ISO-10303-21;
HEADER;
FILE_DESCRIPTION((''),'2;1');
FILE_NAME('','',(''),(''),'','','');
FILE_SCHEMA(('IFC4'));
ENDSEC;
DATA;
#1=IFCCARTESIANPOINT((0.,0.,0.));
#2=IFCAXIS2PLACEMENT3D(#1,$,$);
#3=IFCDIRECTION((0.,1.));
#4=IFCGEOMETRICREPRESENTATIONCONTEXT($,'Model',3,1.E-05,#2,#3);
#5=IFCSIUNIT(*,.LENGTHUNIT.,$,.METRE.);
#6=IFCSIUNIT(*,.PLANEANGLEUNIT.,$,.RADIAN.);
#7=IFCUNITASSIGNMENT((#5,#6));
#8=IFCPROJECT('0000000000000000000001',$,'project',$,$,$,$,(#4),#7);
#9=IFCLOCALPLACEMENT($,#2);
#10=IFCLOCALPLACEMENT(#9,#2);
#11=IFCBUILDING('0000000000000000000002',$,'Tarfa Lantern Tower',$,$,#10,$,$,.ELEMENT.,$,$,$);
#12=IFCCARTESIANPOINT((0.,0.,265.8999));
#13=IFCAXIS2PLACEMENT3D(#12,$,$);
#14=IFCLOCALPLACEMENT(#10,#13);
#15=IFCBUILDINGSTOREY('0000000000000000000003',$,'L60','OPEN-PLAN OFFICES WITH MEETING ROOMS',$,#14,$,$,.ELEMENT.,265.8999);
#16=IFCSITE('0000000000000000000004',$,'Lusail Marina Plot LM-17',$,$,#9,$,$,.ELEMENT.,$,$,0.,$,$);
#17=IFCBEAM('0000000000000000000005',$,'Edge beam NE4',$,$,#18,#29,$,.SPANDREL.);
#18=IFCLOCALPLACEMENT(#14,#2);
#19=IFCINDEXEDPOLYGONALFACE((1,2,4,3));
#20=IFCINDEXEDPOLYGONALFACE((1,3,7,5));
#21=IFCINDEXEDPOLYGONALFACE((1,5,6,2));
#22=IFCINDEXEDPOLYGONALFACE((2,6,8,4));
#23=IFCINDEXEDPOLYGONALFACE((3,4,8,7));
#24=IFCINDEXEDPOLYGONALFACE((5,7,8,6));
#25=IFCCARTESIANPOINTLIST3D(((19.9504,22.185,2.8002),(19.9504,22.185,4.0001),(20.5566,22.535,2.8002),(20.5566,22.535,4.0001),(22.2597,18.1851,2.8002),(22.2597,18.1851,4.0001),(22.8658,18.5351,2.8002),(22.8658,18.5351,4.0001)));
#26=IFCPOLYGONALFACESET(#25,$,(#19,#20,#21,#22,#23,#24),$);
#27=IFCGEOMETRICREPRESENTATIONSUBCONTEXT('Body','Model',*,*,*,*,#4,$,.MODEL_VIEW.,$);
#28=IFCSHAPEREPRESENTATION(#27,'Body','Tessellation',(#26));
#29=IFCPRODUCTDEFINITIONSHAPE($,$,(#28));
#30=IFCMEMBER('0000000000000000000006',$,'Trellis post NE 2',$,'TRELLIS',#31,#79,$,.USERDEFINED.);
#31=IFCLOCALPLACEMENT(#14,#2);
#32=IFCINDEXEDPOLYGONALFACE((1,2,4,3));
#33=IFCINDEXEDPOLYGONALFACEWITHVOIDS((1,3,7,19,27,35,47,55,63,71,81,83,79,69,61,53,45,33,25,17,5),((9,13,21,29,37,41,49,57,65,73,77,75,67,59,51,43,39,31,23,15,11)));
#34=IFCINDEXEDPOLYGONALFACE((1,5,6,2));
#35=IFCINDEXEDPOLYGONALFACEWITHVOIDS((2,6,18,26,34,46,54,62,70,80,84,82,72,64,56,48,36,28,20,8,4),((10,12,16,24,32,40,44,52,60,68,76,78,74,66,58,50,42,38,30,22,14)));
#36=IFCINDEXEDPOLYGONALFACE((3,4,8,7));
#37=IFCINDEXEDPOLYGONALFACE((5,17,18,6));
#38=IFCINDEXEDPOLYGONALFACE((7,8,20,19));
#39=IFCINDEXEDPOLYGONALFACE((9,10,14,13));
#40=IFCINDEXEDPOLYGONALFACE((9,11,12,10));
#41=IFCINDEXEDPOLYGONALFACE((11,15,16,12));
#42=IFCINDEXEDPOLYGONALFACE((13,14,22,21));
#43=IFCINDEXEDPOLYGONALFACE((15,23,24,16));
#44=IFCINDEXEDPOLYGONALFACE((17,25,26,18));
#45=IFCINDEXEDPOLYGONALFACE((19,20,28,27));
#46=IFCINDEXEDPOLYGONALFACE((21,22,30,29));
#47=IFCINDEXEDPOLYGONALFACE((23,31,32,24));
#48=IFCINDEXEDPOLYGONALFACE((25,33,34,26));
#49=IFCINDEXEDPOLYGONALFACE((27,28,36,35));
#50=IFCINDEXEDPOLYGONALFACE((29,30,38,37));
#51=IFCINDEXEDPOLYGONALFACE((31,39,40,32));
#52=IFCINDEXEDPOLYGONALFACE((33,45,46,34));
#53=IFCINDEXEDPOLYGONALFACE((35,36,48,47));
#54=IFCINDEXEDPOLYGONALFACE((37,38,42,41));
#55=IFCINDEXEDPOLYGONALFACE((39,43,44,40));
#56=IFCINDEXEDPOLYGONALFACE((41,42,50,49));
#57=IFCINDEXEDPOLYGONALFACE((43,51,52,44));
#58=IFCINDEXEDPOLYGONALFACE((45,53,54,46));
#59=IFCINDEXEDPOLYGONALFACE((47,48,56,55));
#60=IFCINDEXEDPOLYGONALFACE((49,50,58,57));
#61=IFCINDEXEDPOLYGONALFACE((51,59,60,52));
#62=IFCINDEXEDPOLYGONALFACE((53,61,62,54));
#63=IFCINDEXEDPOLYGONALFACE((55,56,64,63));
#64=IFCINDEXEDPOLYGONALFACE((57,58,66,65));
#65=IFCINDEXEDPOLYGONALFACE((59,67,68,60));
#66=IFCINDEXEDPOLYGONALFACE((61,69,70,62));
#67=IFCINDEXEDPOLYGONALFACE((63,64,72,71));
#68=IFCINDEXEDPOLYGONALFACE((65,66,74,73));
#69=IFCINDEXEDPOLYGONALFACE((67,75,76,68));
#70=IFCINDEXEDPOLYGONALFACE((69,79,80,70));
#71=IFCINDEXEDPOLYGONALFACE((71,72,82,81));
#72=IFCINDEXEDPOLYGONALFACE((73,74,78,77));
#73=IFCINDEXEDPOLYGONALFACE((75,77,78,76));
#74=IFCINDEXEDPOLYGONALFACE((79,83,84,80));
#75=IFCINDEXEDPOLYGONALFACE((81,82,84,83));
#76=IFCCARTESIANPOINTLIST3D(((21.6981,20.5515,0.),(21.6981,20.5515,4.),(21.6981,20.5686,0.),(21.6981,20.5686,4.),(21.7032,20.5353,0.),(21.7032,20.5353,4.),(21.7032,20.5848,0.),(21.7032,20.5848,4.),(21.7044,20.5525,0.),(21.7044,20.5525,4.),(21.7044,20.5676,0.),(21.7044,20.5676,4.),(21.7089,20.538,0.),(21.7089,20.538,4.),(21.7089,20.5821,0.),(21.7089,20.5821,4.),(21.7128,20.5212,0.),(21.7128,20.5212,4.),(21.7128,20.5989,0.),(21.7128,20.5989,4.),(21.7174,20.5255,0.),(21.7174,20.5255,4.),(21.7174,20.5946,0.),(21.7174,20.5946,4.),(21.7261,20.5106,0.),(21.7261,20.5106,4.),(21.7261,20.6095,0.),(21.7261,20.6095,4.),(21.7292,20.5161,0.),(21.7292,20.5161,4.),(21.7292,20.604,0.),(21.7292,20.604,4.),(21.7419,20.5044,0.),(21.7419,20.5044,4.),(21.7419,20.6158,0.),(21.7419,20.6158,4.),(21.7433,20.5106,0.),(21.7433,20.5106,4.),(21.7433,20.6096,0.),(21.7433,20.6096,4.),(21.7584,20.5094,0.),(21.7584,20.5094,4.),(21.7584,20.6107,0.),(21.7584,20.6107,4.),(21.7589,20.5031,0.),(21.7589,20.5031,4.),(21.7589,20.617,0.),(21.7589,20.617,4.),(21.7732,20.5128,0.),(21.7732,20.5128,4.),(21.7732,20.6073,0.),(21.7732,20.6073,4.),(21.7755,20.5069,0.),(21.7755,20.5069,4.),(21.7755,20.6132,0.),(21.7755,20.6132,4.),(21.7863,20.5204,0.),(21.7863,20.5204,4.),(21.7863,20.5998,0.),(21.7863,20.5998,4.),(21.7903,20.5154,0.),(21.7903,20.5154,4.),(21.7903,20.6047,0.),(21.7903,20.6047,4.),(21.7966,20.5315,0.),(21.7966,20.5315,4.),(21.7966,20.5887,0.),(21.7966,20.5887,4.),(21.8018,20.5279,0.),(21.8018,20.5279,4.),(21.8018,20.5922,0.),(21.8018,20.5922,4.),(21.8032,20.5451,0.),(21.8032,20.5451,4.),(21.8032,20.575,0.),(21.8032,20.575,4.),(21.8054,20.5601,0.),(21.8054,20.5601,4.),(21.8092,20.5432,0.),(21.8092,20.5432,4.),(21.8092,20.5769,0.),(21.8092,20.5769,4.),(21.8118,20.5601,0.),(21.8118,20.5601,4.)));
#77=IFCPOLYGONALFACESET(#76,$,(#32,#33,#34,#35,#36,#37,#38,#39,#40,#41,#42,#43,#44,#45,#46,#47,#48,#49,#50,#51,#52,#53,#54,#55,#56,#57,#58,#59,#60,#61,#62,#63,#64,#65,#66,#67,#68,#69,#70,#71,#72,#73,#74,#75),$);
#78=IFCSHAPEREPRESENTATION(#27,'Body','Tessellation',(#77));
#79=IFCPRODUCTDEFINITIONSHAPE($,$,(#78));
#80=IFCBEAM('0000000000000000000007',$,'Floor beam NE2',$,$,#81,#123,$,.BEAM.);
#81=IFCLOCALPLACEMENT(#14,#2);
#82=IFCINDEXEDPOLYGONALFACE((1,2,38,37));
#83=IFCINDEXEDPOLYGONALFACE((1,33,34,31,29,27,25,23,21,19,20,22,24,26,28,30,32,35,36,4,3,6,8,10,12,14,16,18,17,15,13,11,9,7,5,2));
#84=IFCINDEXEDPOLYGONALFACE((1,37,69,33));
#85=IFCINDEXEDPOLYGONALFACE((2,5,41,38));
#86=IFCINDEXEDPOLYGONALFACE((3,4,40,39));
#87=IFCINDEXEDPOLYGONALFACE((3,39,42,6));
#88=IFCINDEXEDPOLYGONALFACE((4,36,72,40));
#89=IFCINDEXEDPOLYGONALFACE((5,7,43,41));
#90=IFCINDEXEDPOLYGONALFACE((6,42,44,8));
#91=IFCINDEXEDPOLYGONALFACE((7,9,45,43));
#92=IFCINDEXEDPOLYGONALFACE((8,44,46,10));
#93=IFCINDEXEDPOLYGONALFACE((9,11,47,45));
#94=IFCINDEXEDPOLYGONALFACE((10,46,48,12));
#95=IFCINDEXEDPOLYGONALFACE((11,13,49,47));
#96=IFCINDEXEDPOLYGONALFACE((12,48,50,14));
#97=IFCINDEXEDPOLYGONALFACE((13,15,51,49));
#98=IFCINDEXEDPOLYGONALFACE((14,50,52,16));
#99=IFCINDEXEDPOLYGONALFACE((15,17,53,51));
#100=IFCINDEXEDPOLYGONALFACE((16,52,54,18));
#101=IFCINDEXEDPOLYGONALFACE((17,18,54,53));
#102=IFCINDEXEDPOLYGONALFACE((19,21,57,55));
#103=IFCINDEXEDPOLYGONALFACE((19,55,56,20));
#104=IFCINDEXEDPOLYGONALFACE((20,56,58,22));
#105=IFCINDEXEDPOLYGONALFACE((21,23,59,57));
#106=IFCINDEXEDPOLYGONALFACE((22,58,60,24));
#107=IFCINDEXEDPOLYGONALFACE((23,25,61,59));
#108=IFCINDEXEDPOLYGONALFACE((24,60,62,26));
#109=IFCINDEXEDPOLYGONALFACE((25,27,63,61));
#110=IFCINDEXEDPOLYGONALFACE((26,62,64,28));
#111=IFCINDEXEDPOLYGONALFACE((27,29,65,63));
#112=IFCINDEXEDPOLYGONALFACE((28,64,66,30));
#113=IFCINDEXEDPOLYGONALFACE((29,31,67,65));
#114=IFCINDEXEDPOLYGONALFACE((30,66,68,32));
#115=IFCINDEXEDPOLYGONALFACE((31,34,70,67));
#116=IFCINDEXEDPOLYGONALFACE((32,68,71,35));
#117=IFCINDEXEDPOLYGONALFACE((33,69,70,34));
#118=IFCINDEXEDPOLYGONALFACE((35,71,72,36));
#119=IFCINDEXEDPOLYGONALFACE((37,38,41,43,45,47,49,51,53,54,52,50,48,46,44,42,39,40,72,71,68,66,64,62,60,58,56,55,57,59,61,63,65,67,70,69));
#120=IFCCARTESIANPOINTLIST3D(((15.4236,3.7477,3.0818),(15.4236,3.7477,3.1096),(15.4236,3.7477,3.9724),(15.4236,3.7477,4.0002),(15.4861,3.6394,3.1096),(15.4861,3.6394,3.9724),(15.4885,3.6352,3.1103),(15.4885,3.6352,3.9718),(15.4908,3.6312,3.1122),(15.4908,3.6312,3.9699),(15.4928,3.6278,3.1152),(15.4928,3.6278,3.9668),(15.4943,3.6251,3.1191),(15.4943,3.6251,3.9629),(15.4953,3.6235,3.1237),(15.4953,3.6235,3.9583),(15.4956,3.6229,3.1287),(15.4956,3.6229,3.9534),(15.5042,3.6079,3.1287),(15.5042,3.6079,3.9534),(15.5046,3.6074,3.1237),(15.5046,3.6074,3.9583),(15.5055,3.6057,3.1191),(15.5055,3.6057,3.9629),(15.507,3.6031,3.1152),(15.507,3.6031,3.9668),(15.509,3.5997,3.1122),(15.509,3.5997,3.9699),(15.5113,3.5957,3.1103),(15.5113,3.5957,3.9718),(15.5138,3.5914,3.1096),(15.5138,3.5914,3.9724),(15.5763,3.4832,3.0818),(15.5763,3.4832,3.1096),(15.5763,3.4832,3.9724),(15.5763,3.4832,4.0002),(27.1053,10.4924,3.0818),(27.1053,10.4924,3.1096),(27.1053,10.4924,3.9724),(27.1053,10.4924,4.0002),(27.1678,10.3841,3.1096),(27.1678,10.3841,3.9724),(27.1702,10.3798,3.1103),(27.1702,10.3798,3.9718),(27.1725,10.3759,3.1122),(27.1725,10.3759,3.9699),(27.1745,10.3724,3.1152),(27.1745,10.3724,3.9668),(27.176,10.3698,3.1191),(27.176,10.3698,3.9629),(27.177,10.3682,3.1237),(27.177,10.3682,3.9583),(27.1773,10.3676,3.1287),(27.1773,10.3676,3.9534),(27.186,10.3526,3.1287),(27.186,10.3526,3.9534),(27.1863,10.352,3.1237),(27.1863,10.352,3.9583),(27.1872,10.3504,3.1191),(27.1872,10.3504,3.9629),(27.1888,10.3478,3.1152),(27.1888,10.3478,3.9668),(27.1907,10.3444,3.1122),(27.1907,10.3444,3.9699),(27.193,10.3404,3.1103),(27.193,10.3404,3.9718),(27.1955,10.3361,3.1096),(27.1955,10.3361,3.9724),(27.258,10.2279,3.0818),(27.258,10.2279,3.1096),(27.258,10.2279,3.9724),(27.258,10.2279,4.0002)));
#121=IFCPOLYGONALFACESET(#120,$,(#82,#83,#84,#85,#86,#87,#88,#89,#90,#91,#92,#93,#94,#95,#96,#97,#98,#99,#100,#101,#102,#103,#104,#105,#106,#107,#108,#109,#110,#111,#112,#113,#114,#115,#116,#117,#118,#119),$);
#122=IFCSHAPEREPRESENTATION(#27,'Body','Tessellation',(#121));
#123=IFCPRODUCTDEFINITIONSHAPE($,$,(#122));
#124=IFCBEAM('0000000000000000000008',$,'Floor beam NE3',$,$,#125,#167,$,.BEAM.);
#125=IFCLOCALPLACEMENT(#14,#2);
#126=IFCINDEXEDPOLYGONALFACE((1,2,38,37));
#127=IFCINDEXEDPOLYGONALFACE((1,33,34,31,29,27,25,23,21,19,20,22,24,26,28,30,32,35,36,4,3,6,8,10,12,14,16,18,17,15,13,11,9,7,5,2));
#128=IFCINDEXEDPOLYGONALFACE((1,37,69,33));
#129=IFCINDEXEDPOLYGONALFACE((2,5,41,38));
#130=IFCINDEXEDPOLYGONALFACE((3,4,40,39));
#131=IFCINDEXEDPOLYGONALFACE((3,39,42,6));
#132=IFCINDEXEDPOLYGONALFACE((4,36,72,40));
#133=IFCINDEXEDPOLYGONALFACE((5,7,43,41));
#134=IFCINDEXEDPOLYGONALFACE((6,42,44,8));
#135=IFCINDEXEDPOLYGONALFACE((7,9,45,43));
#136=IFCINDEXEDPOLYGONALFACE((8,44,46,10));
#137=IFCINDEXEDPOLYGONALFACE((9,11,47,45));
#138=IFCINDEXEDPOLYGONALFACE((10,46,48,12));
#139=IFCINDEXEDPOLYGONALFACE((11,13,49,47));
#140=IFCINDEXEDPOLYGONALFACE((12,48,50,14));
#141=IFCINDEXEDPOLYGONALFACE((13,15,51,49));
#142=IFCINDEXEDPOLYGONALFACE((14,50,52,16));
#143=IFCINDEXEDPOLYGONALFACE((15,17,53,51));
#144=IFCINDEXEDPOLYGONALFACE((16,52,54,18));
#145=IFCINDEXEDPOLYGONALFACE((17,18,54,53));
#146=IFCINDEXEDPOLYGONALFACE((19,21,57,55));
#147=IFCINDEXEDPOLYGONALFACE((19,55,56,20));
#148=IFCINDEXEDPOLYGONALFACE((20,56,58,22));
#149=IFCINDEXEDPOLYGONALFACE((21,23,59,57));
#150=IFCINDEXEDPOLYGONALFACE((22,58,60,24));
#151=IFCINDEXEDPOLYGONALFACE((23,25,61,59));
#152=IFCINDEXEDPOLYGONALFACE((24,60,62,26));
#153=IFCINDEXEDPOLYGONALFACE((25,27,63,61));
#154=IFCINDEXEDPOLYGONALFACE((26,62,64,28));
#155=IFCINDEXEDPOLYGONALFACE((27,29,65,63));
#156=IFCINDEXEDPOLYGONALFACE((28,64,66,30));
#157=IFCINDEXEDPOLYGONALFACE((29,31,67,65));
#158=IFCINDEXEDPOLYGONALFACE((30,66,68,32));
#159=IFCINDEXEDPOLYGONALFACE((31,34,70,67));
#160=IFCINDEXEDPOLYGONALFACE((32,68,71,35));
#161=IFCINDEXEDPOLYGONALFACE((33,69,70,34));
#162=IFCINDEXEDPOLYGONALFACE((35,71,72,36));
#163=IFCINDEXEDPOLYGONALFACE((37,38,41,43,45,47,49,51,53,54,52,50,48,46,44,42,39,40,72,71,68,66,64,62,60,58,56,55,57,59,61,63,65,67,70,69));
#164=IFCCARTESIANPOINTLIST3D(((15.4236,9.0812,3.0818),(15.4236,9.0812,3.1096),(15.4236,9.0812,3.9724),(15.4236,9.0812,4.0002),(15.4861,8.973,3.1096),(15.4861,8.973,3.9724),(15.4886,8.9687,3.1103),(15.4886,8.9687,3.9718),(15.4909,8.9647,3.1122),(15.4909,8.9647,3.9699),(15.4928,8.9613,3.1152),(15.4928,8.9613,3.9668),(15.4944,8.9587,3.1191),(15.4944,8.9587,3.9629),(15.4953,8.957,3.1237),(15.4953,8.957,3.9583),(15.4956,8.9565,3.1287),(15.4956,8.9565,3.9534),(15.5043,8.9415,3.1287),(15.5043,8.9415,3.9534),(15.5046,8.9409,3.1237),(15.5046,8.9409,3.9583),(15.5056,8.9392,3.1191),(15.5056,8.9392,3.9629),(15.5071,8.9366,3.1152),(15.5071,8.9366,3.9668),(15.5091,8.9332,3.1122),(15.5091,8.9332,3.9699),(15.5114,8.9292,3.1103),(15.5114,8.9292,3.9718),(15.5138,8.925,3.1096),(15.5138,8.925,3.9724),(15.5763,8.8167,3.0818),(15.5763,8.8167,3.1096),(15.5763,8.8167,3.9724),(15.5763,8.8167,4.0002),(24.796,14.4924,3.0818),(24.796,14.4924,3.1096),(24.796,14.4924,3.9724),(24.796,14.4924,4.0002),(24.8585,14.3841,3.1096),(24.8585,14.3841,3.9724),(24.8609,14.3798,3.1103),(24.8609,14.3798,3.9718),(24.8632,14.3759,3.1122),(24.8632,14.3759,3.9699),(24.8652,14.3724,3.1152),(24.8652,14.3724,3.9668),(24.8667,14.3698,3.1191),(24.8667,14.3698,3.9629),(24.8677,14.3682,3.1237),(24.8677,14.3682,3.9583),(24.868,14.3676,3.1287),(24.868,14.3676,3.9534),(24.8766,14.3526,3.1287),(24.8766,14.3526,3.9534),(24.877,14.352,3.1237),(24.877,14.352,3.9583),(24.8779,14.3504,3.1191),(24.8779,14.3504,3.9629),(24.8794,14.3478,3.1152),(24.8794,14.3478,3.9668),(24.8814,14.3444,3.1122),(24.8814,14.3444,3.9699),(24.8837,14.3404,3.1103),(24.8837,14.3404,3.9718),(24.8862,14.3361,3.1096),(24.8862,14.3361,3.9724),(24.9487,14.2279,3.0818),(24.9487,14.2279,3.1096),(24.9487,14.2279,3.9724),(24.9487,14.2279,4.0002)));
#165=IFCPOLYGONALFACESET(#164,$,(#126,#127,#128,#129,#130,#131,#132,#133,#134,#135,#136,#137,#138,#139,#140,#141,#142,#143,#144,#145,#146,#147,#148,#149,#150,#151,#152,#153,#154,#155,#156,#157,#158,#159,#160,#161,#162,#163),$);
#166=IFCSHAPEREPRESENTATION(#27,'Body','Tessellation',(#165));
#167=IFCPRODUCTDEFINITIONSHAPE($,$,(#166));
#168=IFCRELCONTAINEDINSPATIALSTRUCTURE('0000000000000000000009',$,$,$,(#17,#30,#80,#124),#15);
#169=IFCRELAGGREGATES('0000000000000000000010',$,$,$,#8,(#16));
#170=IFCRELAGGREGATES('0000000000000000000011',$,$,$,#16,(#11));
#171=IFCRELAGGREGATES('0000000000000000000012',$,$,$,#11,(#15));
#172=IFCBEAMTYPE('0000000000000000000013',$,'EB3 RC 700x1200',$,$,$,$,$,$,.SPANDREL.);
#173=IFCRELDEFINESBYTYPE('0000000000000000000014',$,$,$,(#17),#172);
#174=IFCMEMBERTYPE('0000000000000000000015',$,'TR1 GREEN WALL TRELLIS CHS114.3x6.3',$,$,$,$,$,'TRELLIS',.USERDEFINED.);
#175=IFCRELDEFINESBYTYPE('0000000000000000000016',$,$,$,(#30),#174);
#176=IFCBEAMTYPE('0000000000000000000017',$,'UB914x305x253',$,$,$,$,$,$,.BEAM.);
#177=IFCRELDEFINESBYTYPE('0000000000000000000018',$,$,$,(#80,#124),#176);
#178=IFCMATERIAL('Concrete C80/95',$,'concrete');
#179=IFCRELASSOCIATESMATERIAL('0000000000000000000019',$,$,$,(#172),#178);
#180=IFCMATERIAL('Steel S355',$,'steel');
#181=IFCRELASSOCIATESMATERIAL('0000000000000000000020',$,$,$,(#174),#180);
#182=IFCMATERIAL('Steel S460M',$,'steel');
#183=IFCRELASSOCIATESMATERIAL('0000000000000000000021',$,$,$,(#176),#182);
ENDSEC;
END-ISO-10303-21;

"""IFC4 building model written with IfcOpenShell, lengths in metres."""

from ifc_helpers import new_model, si_unit, direction, frame, origin, origin_2d, place, context, subcontext, project, spatial, rectangle, hollow_circle, i_section, extrude, material, material_profile, profile_set, type_object, element, save


model = new_model("IFC4")

# Units and contexts
model_context = context("Model", 3, precision=1e-05, world=origin(), true_north=direction((0.0, 1.0)))
body_context = subcontext(model_context, "Body", "Model", "MODEL_VIEW")
ifc_project = project(units=[si_unit("LENGTHUNIT", "METRE"), si_unit("PLANEANGLEUNIT", "RADIAN")], contexts=[model_context])

# Site, building, storey
site_placement = place(None, origin())
site = spatial("IfcSite", under=ifc_project, at=site_placement, Name="Lusail Marina Plot LM-17", CompositionType="ELEMENT", RefElevation=0.0)
building_placement = place(site_placement, origin())
building = spatial("IfcBuilding", under=site, at=building_placement, Name="Tarfa Lantern Tower", CompositionType="ELEMENT")
storey_placement = place(building_placement, frame((0.0, 0.0, 265.8999)))
storey = spatial("IfcBuildingStorey", under=building, at=storey_placement, Name="L60", Description="OPEN-PLAN OFFICES WITH MEETING ROOMS", CompositionType="ELEMENT", Elevation=265.8999)

# Shared definitions
ifc_material_1 = material(Name="Concrete C80/95", Category="concrete")

# Beam
ifc_material_profile_1 = material_profile(ifc_material_1, rectangle(XDim=0.7, YDim=1.2, at=origin_2d()), Name="RC 700x1200")
ifc_profile_set_1 = profile_set([ifc_material_profile_1], Name="Concrete C80/95")
beam_type_1 = type_object("IfcBeamType", Name="EB3 RC 700x1200", PredefinedType="SPANDREL", material=ifc_profile_set_1)
beam_1_placement = place(storey_placement, frame((22.5627, 18.3601, 3.4001), z_axis=(-0.499988, 0.866032, 0.0), x_axis=(-0.866032, -0.499988, 0.0)))
element("IfcBeam", 1, at=beam_1_placement, inside=storey, type_object=beam_type_1, Name="Edge beam NE4", PredefinedType="SPANDREL", context=body_context, shape_type="SweptSolid", body=[
    extrude(rectangle(XDim=0.7, YDim=1.2, at=origin_2d()), origin(), (0.0, 0.0, 1.0), 4.6187),
])

# Member
ifc_material_2 = material(Name="Steel S355", Category="steel")
ifc_material_profile_2 = material_profile(ifc_material_2, hollow_circle(Radius=0.0571, WallThickness=0.0063, at=origin_2d()), Name="CHS114.3x6.3")
ifc_profile_set_2 = profile_set([ifc_material_profile_2], Name="Steel S355")
member_type_1 = type_object("IfcMemberType", Name="TR1 GREEN WALL TRELLIS CHS114.3x6.3", ElementType="TRELLIS", PredefinedType="USERDEFINED", material=ifc_profile_set_2)
member_1_placement = place(storey_placement, frame((21.7546, 20.5601, 0.0), z_axis=(0.0, 0.0, 1.0), x_axis=(1.0, 0.0, 0.0)))
element("IfcMember", 2, at=member_1_placement, inside=storey, type_object=member_type_1, Name="Trellis post NE 2", ObjectType="TRELLIS", PredefinedType="USERDEFINED", context=body_context, shape_type="SweptSolid", body=[
    extrude(hollow_circle(Radius=0.0571, WallThickness=0.0063, at=origin_2d()), origin(), (0.0, 0.0, 1.0), 4.0),
])

# Beams
ifc_material_3 = material(Name="Steel S460M", Category="steel")
ifc_material_profile_3 = material_profile(ifc_material_3, i_section(OverallWidth=0.3054, OverallDepth=0.9185, WebThickness=0.0173, FlangeThickness=0.0278, FilletRadius=0.019, at=origin_2d()), Name="UB914x305x253")
ifc_profile_set_3 = profile_set([ifc_material_profile_3], Name="Steel S460M")
beam_type_2 = type_object("IfcBeamType", Name="UB914x305x253", PredefinedType="BEAM", material=ifc_profile_set_3)
beam_2_placement = place(storey_placement, frame((27.1816, 10.3601, 3.541), z_axis=(-0.866018, -0.500013, 0.0), x_axis=(0.500013, -0.866018, 0.0)))
element("IfcBeam", 3, at=beam_2_placement, inside=storey, type_object=beam_type_2, Name="Floor beam NE2", PredefinedType="BEAM", context=body_context, shape_type="SweptSolid", body=[
    extrude(i_section(OverallWidth=0.3054, OverallDepth=0.9185, WebThickness=0.0173, FlangeThickness=0.0278, FilletRadius=0.019, at=origin_2d()), origin(), (0.0, 0.0, 1.0), 13.489),
])
beam_3_placement = place(storey_placement, frame((24.8723, 14.3601, 3.541), z_axis=(-0.866024, -0.500002, 0.0), x_axis=(0.500002, -0.866024, 0.0)))
element("IfcBeam", 4, at=beam_3_placement, inside=storey, type_object=beam_type_2, Name="Floor beam NE3", PredefinedType="BEAM", context=body_context, shape_type="SweptSolid", body=[
    extrude(i_section(OverallWidth=0.3054, OverallDepth=0.9185, WebThickness=0.0173, FlangeThickness=0.0278, FilletRadius=0.019, at=origin_2d()), origin(), (0.0, 0.0, 1.0), 10.8223),
])

save(model, "model.ifc")
